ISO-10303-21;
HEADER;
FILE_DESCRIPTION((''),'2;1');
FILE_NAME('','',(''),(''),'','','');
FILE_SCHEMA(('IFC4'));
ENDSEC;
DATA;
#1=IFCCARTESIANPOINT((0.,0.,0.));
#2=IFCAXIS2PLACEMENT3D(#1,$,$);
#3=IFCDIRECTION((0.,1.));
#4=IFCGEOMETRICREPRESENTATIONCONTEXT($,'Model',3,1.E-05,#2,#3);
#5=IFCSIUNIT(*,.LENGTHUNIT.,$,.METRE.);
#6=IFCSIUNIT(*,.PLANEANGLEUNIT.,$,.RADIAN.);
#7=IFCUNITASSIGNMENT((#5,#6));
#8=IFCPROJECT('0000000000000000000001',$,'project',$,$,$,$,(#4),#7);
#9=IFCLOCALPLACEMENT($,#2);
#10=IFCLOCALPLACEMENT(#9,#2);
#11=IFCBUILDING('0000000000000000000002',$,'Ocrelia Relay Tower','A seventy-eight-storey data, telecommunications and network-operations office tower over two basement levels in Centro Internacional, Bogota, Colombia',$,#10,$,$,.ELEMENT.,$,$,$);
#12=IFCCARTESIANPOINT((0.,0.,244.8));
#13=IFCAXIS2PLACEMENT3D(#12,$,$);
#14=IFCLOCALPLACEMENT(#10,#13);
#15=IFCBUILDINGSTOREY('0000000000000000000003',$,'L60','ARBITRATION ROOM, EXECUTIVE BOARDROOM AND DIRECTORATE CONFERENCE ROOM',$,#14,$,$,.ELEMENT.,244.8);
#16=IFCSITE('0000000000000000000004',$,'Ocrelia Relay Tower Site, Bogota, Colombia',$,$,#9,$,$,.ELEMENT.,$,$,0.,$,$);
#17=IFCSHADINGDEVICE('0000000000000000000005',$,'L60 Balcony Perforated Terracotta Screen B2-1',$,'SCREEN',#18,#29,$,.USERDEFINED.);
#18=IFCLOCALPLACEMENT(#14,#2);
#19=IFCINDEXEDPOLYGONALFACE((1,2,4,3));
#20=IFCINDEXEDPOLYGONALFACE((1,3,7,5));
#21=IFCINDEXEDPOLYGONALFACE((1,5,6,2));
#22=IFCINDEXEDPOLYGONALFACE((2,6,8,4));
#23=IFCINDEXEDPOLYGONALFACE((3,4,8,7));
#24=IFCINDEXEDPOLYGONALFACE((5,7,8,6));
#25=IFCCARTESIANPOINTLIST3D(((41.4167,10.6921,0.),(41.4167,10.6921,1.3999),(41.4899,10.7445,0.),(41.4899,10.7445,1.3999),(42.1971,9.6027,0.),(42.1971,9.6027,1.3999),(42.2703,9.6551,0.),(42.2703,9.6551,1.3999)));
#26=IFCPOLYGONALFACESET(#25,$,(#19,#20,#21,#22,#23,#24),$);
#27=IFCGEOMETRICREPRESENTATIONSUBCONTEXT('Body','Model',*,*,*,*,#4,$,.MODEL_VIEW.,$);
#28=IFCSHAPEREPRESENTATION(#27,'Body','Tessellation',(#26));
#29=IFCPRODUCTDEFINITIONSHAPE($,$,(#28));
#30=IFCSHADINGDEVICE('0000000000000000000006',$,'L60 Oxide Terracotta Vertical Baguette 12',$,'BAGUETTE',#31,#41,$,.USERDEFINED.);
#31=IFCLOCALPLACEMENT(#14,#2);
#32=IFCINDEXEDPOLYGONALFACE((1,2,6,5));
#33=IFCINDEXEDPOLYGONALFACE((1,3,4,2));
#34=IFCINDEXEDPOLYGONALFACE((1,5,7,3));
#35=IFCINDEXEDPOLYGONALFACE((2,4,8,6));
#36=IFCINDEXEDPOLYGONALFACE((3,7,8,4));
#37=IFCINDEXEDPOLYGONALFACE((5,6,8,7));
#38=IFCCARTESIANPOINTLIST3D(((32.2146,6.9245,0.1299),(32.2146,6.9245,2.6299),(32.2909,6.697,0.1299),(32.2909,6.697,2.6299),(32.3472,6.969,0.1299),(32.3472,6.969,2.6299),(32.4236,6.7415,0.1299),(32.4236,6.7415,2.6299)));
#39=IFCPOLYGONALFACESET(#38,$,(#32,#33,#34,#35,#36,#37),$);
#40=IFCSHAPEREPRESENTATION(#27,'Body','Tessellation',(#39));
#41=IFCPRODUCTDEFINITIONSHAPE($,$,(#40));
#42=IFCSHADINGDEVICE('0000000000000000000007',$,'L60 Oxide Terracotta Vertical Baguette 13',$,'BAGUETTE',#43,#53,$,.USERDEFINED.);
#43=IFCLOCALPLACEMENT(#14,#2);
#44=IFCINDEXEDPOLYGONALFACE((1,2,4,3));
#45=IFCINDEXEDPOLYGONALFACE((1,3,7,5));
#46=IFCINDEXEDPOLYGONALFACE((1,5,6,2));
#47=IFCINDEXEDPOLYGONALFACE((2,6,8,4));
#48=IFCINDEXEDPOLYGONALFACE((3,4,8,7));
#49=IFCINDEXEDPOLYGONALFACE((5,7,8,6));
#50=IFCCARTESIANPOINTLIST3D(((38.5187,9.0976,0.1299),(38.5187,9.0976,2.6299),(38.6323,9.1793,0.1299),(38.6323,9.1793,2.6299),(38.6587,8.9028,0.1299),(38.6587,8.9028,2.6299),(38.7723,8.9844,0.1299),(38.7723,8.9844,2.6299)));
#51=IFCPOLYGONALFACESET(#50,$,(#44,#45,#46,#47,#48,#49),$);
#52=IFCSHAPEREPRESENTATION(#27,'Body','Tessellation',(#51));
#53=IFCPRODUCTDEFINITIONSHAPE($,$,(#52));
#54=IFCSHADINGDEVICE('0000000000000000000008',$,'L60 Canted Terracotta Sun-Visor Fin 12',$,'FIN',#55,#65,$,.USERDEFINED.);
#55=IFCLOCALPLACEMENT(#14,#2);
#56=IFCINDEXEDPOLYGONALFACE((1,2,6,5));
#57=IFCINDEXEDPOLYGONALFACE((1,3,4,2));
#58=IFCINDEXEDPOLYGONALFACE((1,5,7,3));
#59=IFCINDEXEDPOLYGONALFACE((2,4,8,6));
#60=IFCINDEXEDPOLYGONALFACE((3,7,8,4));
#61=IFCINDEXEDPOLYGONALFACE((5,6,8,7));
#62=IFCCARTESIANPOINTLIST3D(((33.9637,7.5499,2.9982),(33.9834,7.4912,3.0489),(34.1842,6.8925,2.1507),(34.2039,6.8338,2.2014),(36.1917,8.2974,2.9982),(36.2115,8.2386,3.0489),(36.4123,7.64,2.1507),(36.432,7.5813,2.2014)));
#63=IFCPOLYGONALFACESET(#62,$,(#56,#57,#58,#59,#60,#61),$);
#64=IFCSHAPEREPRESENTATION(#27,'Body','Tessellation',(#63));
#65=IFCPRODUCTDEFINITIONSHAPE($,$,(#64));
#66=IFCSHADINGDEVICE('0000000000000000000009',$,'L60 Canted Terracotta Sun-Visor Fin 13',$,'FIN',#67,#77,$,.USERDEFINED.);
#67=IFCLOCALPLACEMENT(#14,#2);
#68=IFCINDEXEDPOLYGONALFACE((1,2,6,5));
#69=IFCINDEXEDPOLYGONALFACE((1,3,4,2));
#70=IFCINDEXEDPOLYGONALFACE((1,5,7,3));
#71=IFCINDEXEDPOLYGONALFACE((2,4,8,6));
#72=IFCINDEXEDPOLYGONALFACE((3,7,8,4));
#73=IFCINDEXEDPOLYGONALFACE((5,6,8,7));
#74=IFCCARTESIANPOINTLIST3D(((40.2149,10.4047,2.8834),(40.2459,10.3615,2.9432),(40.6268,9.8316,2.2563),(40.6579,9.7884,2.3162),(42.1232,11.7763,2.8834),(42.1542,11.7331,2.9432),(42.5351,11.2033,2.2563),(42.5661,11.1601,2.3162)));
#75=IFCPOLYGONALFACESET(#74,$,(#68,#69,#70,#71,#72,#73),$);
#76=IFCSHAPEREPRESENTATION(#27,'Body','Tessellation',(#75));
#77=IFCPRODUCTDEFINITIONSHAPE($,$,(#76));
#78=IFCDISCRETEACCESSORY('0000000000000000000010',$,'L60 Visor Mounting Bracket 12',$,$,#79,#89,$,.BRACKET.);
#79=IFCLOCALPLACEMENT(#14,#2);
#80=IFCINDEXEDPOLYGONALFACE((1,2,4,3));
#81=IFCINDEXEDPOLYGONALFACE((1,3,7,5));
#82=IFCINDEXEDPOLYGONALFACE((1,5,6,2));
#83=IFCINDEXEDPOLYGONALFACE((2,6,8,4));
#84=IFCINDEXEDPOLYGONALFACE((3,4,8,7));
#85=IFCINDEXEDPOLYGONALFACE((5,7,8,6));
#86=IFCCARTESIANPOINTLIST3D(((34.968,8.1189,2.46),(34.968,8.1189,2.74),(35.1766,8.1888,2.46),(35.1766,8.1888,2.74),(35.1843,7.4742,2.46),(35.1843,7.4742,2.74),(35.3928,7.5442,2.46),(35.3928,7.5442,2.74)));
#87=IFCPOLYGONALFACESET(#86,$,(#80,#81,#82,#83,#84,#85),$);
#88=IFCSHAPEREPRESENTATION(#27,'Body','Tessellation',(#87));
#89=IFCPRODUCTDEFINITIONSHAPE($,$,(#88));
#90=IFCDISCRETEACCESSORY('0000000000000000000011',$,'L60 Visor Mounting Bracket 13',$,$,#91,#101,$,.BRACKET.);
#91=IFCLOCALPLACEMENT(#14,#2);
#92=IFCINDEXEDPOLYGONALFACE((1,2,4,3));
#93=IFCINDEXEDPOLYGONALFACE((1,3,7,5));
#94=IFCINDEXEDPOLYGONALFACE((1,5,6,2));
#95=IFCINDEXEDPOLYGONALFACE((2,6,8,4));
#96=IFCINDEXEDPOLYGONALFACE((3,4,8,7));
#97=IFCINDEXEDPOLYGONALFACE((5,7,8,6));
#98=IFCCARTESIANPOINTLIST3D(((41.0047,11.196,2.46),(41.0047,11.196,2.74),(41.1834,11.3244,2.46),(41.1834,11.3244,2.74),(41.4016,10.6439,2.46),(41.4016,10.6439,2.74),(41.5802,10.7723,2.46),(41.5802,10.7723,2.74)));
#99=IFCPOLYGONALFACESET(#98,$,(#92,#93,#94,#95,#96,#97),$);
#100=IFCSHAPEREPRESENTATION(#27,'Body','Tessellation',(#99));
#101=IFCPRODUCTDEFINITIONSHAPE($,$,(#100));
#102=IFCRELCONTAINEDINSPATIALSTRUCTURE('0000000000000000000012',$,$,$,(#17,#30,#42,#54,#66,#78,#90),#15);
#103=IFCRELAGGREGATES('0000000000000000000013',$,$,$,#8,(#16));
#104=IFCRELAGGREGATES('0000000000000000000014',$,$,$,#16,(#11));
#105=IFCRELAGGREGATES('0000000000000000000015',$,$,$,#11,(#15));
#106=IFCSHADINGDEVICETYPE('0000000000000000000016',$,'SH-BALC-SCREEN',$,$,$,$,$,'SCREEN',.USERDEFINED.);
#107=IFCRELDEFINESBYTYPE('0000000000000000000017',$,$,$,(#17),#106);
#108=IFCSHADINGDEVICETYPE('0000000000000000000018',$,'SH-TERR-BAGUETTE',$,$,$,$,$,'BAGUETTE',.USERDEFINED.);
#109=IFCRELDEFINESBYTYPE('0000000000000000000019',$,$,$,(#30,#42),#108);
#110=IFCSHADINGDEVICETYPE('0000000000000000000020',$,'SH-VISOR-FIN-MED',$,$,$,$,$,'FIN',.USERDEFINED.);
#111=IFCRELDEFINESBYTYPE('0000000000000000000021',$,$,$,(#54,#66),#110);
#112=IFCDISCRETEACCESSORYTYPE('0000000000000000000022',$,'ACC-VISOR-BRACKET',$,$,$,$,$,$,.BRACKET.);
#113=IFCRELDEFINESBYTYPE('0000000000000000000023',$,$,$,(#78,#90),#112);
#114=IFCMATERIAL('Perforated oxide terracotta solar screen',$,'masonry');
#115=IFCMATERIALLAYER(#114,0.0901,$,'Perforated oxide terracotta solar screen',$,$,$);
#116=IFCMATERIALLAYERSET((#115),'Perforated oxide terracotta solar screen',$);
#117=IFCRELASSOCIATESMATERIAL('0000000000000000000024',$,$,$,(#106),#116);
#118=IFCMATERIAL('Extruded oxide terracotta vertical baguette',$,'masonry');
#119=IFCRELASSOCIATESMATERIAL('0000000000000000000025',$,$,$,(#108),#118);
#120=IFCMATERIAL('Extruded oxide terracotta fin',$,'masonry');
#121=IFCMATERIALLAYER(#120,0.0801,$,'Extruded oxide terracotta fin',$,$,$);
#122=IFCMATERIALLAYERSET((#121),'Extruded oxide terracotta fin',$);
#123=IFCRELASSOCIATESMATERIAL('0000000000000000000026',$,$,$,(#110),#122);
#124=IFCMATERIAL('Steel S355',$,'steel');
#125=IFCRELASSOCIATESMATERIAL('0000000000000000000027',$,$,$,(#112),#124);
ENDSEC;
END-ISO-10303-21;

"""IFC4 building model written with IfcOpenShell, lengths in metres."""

from ifc_helpers import new_model, si_unit, direction, frame, origin, origin_2d, place, context, subcontext, project, spatial, rectangle, extrude, material, layer, layer_set, type_object, element, save


model = new_model("IFC4")

# Units and contexts
model_context = context("Model", 3, precision=1e-05, world=origin(), true_north=direction((0.0, 1.0)))
body_context = subcontext(model_context, "Body", "Model", "MODEL_VIEW")
ifc_project = project(units=[si_unit("LENGTHUNIT", "METRE"), si_unit("PLANEANGLEUNIT", "RADIAN")], contexts=[model_context])

# Site, building, storey
site_placement = place(None, origin())
site = spatial("IfcSite", under=ifc_project, at=site_placement, Name="Ocrelia Relay Tower Site, Bogota, Colombia", CompositionType="ELEMENT", RefElevation=0.0)
building_placement = place(site_placement, origin())
building = spatial("IfcBuilding", under=site, at=building_placement, Name="Ocrelia Relay Tower", Description="A seventy-eight-storey data, telecommunications and network-operations office tower over two basement levels in Centro Internacional, Bogota, Colombia", CompositionType="ELEMENT")
storey_placement = place(building_placement, frame((0.0, 0.0, 244.8)))
storey = spatial("IfcBuildingStorey", under=building, at=storey_placement, Name="L60", Description="ARBITRATION ROOM, EXECUTIVE BOARDROOM AND DIRECTORATE CONFERENCE ROOM", CompositionType="ELEMENT", Elevation=244.8)

# Shared definitions
ifc_material_1 = material(Name="Steel S355", Category="steel")

# Shading devices
ifc_material_2 = material(Name="Perforated oxide terracotta solar screen", Category="masonry")
ifc_layer_1 = layer(ifc_material_2, 0.0901, Name="Perforated oxide terracotta solar screen")
ifc_layer_set_1 = layer_set([ifc_layer_1], Name="Perforated oxide terracotta solar screen")
shading_device_type_1 = type_object("IfcShadingDeviceType", Name="SH-BALC-SCREEN", ElementType="SCREEN", PredefinedType="USERDEFINED", material=ifc_layer_set_1)
shading_device_1_placement = place(storey_placement, frame((41.8435, 10.1736, 0.0), z_axis=(0.0, 0.0, 1.0), x_axis=(0.582358, -0.812933, 0.0)))
element("IfcShadingDevice", 1, at=shading_device_1_placement, inside=storey, type_object=shading_device_type_1, Name="L60 Balcony Perforated Terracotta Screen B2-1", ObjectType="SCREEN", PredefinedType="USERDEFINED", context=body_context, shape_type="SweptSolid", body=[
    extrude(rectangle(XDim=1.3401, YDim=0.0901, at=origin_2d()), origin(), (0.0, 0.0, 1.0), 1.3999),
])
ifc_material_3 = material(Name="Extruded oxide terracotta vertical baguette", Category="masonry")
shading_device_type_2 = type_object("IfcShadingDeviceType", Name="SH-TERR-BAGUETTE", ElementType="BAGUETTE", PredefinedType="USERDEFINED", material=ifc_material_3)
for number, where, z_axis, x_axis, name in (
    (2, (32.3191, 6.833, 0.1299), (0.0, 0.0, 1.0), (0.948067, 0.31807, 0.0), "L60 Oxide Terracotta Vertical Baguette 12"),
    (3, (38.6455, 9.041, 0.1299), (0.0, 0.0, 1.0), (0.811994, 0.583666, 0.0), "L60 Oxide Terracotta Vertical Baguette 13"),
):
    element("IfcShadingDevice", number, at=place(storey_placement, frame(where, z_axis=z_axis, x_axis=x_axis)), inside=storey, type_object=shading_device_type_2, Name=name, ObjectType="BAGUETTE", PredefinedType="USERDEFINED", context=body_context, shape_type="SweptSolid", body=[
        extrude(rectangle(XDim=0.1399, YDim=0.24, at=origin_2d()), origin(), (0.0, 0.0, 1.0), 2.5),
    ])
ifc_material_4 = material(Name="Extruded oxide terracotta fin", Category="masonry")
ifc_layer_2 = layer(ifc_material_4, 0.0801, Name="Extruded oxide terracotta fin")
ifc_layer_set_2 = layer_set([ifc_layer_2], Name="Extruded oxide terracotta fin")
shading_device_type_3 = type_object("IfcShadingDeviceType", Name="SH-VISOR-FIN-MED", ElementType="FIN", PredefinedType="USERDEFINED", material=ifc_layer_set_2)
shading_device_2_placement = place(storey_placement, frame((35.188, 7.595, 2.5745), z_axis=(0.24617, -0.733757, 0.633246), x_axis=(0.948067, 0.31807, 0.0)))
element("IfcShadingDevice", 4, at=shading_device_2_placement, inside=storey, type_object=shading_device_type_3, Name="L60 Canted Terracotta Sun-Visor Fin 12", ObjectType="FIN", PredefinedType="USERDEFINED", context=body_context, shape_type="SweptSolid", body=[
    extrude(rectangle(XDim=2.3501, YDim=1.095, at=origin_2d()), origin(), (0.0, 0.0, 1.0), 0.0801),
])
shading_device_3_placement = place(storey_placement, frame((41.375, 10.804, 2.5698), z_axis=(0.387663, -0.539316, 0.747566), x_axis=(0.811994, 0.583666, 0.0)))
element("IfcShadingDevice", 5, at=shading_device_3_placement, inside=storey, type_object=shading_device_type_3, Name="L60 Canted Terracotta Sun-Visor Fin 13", ObjectType="FIN", PredefinedType="USERDEFINED", context=body_context, shape_type="SweptSolid", body=[
    extrude(rectangle(XDim=2.3501, YDim=0.9441, at=origin_2d()), origin(), (0.0, 0.0, 1.0), 0.0801),
])

# Discrete accessories
discrete_accessory_type = type_object("IfcDiscreteAccessoryType", Name="ACC-VISOR-BRACKET", PredefinedType="BRACKET", material=ifc_material_1)
for number, where, z_axis, x_axis, name in (
    (6, (35.1804, 7.8315, 2.46), (0.0, 0.0, 1.0), (0.948067, 0.31807, 0.0), "L60 Visor Mounting Bracket 12"),
    (7, (41.2925, 10.9841, 2.46), (0.0, 0.0, 1.0), (0.811994, 0.583666, 0.0), "L60 Visor Mounting Bracket 13"),
):
    element("IfcDiscreteAccessory", number, at=place(storey_placement, frame(where, z_axis=z_axis, x_axis=x_axis)), inside=storey, type_object=discrete_accessory_type, Name=name, PredefinedType="BRACKET", context=body_context, shape_type="SweptSolid", body=[
        extrude(rectangle(XDim=0.22, YDim=0.6799, at=origin_2d()), origin(), (0.0, 0.0, 1.0), 0.28),
    ])

save(model, "model.ifc")
